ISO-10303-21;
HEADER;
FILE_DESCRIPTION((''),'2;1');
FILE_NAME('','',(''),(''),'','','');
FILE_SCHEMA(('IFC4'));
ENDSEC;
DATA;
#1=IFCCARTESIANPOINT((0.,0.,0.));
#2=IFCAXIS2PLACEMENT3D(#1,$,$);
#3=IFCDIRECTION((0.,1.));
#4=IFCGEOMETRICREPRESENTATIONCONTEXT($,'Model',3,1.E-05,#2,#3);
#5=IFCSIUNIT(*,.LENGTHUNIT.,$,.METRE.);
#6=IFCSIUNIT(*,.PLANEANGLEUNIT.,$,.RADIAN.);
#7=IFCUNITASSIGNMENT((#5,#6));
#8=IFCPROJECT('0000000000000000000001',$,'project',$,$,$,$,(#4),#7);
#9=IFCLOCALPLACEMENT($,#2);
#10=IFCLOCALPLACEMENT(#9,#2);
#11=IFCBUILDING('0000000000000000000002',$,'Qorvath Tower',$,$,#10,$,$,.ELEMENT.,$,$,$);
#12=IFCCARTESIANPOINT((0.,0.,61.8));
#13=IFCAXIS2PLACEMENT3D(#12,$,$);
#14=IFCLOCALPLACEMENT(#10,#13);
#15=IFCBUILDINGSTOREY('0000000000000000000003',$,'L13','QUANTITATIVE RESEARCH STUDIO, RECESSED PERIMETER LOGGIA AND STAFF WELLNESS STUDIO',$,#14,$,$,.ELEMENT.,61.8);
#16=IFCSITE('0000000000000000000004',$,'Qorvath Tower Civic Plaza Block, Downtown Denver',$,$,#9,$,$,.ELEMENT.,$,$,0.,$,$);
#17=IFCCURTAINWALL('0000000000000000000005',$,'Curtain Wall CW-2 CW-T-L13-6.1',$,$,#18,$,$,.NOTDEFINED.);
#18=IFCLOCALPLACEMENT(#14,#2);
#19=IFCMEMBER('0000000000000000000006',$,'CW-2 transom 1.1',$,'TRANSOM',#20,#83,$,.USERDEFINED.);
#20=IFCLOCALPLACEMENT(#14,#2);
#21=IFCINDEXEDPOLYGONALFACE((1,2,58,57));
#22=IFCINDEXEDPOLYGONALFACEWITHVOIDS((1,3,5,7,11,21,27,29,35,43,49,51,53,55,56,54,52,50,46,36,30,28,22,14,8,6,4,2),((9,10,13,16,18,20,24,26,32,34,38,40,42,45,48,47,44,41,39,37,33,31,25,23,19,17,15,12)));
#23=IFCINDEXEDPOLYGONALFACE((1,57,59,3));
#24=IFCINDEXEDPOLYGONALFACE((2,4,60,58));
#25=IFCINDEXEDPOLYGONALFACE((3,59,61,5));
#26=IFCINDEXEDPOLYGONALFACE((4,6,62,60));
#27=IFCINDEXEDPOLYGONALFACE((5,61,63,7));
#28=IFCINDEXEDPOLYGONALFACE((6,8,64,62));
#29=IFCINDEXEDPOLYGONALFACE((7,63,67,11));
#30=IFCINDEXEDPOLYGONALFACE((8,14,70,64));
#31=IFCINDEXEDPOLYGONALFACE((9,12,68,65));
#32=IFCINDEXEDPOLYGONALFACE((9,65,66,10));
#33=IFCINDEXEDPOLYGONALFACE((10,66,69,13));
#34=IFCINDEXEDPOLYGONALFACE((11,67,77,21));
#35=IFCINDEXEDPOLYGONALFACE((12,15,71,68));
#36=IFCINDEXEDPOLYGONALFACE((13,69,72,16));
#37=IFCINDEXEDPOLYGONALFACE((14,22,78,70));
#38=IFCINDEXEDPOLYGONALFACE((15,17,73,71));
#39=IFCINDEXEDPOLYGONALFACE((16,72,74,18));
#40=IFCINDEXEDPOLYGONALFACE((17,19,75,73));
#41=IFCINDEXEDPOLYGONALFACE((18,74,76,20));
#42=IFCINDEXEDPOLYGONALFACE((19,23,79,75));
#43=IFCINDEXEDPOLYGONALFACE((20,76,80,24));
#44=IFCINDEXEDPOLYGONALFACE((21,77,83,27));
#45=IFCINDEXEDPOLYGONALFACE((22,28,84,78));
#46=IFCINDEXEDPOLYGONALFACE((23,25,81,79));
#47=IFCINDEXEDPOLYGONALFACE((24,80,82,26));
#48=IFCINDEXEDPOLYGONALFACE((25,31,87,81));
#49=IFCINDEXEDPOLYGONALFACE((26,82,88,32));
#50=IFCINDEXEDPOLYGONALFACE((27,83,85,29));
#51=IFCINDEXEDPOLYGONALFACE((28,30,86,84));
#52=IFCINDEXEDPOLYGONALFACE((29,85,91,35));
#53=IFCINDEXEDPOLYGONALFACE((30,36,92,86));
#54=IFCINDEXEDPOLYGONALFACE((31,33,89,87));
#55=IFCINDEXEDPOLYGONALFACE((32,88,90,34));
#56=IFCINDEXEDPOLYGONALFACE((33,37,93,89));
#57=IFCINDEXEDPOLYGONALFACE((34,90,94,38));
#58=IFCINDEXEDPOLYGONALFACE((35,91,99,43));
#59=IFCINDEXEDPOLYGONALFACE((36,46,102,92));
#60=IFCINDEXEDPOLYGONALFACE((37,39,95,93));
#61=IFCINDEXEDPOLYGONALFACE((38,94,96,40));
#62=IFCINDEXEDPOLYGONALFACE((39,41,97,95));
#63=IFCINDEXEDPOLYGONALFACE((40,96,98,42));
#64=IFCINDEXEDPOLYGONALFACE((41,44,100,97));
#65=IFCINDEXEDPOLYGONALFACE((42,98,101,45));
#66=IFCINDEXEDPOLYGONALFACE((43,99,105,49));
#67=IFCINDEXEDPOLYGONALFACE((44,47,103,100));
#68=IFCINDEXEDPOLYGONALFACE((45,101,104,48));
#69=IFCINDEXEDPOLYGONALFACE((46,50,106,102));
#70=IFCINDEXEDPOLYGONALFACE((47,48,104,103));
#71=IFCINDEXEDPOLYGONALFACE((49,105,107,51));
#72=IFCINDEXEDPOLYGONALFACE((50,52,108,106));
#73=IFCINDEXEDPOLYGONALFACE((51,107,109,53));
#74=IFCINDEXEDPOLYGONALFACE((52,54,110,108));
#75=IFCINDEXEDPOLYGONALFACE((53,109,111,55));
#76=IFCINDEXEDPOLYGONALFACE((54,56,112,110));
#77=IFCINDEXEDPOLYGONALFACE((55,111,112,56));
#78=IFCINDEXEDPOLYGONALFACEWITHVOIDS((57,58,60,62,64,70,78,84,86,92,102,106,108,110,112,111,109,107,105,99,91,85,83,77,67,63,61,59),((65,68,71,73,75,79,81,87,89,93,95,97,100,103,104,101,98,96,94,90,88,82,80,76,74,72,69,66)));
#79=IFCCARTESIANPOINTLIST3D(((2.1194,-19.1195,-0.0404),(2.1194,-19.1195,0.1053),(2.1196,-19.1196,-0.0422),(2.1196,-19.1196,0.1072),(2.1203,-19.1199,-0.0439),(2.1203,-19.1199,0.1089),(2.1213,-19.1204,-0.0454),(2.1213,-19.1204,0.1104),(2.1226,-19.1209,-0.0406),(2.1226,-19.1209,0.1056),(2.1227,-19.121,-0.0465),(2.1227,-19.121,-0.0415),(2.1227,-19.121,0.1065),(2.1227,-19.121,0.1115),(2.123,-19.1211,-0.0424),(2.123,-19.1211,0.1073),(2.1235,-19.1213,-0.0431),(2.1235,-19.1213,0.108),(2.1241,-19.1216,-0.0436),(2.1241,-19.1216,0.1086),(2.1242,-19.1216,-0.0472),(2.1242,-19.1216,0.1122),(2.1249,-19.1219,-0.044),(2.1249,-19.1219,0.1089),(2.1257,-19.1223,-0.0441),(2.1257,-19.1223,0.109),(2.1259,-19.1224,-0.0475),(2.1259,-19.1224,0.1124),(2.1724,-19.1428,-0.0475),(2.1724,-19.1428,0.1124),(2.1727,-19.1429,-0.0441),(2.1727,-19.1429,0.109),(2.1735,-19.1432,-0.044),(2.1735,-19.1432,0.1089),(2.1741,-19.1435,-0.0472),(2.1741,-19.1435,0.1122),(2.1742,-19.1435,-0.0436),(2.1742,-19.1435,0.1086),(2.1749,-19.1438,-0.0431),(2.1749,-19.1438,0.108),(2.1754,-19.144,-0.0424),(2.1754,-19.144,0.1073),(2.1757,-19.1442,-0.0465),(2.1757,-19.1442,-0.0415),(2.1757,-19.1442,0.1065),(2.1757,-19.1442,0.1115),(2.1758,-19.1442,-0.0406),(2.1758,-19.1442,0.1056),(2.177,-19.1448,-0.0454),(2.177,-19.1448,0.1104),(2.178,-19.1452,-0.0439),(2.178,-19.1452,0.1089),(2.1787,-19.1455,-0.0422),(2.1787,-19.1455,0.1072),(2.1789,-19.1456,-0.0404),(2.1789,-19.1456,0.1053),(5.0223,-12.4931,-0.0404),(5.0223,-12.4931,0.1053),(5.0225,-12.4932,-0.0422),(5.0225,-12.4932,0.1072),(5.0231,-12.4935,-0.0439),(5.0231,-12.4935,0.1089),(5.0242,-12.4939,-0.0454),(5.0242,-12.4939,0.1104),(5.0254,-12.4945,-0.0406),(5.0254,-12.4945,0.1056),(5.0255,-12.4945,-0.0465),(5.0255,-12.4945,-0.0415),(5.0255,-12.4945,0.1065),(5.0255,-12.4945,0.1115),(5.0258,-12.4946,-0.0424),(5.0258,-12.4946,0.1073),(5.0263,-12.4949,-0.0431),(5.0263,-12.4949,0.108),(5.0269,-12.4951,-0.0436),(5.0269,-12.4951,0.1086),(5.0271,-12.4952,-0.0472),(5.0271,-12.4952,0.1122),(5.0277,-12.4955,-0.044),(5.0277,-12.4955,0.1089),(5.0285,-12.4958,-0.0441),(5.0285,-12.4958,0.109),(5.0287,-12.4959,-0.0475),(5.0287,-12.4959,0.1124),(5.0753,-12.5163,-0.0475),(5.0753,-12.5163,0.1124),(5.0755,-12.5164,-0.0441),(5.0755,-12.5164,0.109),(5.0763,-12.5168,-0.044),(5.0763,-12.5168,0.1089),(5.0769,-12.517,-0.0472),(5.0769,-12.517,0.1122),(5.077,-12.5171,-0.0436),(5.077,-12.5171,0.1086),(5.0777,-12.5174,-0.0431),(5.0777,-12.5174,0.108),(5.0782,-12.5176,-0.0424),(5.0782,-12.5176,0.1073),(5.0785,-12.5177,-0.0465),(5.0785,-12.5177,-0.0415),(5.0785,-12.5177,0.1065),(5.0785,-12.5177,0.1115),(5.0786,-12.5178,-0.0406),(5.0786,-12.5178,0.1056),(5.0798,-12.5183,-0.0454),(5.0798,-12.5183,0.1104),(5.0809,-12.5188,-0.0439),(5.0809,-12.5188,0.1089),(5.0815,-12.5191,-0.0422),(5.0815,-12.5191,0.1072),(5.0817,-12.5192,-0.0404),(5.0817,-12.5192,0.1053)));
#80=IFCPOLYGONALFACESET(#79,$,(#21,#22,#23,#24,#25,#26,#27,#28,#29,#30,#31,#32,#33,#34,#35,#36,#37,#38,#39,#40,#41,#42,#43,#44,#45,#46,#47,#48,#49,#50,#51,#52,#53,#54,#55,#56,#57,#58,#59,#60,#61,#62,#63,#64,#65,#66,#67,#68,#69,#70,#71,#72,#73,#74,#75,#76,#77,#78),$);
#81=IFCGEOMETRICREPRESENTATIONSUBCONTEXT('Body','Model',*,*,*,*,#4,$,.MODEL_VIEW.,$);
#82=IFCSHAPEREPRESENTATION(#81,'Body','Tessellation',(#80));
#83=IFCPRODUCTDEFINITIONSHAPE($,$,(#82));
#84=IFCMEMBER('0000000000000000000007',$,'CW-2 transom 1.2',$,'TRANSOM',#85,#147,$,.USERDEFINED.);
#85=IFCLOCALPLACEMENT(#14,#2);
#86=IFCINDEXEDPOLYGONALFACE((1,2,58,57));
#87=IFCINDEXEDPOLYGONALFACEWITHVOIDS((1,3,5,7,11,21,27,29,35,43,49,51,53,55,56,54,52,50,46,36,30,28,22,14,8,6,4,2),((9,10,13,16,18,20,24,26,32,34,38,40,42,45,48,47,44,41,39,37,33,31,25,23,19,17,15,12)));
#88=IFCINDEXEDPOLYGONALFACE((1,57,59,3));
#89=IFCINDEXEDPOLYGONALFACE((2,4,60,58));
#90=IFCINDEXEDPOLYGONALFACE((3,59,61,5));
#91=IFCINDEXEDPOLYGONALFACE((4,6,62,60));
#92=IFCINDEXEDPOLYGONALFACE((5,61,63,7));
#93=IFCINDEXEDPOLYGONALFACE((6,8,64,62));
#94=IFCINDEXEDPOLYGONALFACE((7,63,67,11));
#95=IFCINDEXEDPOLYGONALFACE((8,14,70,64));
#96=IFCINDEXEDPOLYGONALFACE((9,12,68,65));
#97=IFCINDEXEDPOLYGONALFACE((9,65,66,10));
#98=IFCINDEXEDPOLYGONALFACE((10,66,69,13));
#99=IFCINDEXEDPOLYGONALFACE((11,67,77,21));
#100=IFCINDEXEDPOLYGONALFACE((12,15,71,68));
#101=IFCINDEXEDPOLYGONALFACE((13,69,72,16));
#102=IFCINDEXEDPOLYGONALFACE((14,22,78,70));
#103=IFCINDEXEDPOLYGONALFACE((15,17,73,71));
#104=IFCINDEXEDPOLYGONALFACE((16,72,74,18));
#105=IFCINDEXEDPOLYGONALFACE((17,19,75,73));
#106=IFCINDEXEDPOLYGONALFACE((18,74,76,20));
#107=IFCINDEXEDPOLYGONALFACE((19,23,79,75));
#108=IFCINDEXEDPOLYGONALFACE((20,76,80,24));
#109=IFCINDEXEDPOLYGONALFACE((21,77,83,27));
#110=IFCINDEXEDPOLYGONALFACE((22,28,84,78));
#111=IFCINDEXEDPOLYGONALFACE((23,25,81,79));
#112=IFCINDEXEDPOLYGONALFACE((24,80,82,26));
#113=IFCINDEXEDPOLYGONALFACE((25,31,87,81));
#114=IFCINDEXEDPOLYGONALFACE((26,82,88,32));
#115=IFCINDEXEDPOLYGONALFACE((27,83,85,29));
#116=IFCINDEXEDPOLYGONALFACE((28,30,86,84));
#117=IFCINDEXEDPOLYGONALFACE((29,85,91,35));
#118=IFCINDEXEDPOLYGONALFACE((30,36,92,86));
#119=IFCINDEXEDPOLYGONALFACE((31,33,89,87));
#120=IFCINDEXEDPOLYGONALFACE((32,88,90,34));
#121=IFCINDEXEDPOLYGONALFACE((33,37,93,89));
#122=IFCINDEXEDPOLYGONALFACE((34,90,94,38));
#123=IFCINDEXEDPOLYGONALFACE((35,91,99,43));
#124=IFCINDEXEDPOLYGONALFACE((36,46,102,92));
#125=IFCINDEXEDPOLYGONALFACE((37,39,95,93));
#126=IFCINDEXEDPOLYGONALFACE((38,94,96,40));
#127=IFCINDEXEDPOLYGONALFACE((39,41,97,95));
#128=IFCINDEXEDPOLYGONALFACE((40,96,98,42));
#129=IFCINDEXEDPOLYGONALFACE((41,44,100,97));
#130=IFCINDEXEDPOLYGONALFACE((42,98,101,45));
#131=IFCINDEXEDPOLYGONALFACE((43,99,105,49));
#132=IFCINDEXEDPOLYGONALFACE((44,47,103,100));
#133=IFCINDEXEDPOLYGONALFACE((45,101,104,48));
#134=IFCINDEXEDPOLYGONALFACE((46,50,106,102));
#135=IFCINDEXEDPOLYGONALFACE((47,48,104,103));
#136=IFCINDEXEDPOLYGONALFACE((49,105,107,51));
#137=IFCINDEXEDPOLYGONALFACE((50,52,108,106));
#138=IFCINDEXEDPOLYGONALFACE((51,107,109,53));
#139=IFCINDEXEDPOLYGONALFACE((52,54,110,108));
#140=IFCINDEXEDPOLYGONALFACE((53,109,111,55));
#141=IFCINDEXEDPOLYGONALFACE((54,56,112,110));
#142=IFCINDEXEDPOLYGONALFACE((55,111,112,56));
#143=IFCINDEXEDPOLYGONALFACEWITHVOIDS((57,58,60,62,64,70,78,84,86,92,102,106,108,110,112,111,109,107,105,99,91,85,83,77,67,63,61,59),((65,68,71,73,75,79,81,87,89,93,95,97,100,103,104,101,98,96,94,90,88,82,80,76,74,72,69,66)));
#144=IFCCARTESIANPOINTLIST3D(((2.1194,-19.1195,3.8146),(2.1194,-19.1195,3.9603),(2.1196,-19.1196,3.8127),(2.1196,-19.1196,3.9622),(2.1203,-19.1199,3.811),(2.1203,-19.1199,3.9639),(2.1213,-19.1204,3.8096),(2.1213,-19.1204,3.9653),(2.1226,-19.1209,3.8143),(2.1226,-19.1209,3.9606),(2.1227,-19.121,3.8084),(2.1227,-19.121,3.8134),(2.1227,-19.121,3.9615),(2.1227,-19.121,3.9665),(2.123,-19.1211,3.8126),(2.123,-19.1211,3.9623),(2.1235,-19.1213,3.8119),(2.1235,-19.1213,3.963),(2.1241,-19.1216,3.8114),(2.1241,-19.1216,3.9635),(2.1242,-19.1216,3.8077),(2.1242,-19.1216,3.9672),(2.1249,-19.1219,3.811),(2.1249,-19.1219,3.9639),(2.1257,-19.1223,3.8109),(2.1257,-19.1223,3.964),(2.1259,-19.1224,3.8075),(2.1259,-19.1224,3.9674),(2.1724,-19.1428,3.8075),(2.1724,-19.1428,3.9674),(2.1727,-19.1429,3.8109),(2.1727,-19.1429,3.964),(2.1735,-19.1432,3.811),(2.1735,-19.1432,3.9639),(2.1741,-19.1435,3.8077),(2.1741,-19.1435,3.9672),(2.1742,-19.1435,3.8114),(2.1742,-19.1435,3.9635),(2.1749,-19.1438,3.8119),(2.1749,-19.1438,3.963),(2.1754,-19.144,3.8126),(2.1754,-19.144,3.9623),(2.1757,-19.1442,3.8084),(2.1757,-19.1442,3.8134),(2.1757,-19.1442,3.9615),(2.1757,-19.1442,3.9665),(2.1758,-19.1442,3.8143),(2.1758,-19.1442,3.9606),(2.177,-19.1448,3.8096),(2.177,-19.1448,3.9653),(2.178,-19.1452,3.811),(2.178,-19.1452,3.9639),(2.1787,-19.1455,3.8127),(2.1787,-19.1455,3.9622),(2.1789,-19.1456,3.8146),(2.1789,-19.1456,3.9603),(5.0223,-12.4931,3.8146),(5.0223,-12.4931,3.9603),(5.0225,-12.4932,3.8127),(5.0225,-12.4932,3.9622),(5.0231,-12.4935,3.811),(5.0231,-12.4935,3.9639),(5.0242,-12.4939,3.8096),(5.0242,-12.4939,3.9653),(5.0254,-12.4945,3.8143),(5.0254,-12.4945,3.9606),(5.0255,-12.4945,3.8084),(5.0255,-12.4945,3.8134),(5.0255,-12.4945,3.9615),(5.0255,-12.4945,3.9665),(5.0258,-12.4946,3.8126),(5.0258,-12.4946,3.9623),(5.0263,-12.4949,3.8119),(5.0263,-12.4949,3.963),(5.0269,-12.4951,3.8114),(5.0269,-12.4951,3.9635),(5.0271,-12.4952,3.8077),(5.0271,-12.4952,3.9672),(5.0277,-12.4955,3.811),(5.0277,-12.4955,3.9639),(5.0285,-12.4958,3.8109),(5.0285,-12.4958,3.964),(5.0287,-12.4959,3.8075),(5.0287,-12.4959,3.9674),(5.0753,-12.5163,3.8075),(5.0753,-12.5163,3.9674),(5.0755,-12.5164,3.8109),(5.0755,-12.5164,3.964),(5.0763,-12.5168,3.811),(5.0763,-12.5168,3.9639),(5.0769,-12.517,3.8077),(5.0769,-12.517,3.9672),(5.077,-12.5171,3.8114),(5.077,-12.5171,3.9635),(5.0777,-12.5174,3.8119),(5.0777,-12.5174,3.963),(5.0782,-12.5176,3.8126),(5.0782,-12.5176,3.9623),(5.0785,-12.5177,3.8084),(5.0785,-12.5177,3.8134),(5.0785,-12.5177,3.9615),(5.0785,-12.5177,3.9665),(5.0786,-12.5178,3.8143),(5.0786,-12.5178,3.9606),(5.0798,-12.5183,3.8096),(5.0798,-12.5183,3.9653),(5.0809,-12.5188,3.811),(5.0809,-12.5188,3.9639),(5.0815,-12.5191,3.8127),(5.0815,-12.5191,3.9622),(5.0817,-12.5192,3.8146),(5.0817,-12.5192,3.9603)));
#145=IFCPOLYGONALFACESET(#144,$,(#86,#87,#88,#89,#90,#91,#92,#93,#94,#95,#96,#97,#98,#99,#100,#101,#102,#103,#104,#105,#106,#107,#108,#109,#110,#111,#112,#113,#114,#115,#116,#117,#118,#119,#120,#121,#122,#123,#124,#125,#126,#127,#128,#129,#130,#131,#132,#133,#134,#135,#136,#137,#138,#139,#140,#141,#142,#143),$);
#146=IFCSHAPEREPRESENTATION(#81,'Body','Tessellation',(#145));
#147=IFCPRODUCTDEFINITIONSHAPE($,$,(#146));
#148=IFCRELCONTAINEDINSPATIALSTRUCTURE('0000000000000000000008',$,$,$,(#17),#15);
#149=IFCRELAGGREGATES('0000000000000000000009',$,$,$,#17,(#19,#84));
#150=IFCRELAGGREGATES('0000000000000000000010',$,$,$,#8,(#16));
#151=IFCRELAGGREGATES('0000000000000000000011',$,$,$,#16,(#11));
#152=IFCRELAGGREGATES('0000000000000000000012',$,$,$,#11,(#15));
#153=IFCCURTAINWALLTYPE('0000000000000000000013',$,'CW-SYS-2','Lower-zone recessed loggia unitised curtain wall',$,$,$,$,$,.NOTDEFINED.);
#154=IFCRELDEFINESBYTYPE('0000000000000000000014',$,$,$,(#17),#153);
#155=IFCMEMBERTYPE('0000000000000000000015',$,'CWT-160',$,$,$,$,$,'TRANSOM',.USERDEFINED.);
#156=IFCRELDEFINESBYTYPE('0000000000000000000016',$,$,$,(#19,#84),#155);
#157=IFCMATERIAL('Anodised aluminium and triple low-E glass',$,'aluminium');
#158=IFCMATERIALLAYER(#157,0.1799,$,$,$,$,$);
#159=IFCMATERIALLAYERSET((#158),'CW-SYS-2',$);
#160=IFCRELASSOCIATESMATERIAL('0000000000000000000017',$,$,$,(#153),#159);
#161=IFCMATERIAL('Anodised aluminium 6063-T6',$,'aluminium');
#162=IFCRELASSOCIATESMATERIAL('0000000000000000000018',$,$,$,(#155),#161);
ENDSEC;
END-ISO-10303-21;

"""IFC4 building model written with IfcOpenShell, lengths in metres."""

from ifc_helpers import new_model, si_unit, direction, frame, origin, origin_2d, place, context, subcontext, project, spatial, hollow_rectangle, extrude, material, layer, layer_set, material_profile, profile_set, type_object, element, aggregate, save


model = new_model("IFC4")

# Units and contexts
model_context = context("Model", 3, precision=1e-05, world=origin(), true_north=direction((0.0, 1.0)))
body_context = subcontext(model_context, "Body", "Model", "MODEL_VIEW")
ifc_project = project(units=[si_unit("LENGTHUNIT", "METRE"), si_unit("PLANEANGLEUNIT", "RADIAN")], contexts=[model_context])

# Site, building, storey
site_placement = place(None, origin())
site = spatial("IfcSite", under=ifc_project, at=site_placement, Name="Qorvath Tower Civic Plaza Block, Downtown Denver", CompositionType="ELEMENT", RefElevation=0.0)
building_placement = place(site_placement, origin())
building = spatial("IfcBuilding", under=site, at=building_placement, Name="Qorvath Tower", CompositionType="ELEMENT")
storey_placement = place(building_placement, frame((0.0, 0.0, 61.8)))
storey = spatial("IfcBuildingStorey", under=building, at=storey_placement, Name="L13", Description="QUANTITATIVE RESEARCH STUDIO, RECESSED PERIMETER LOGGIA AND STAFF WELLNESS STUDIO", CompositionType="ELEMENT", Elevation=61.8)

# Shared definitions
ifc_material_1 = material(Name="Anodised aluminium and triple low-E glass", Category="aluminium")
ifc_layer_1 = layer(ifc_material_1, 0.1799)
ifc_layer_set_1 = layer_set([ifc_layer_1], Name="CW-SYS-2")
curtain_wall_type = type_object("IfcCurtainWallType", Name="CW-SYS-2", Description="Lower-zone recessed loggia unitised curtain wall", PredefinedType="NOTDEFINED", material=ifc_layer_set_1)

# Curtain wall
curtain_wall_1_placement = place(storey_placement, origin())
curtain_wall_1 = element("IfcCurtainWall", 1, at=curtain_wall_1_placement, inside=storey, type_object=curtain_wall_type, Name="Curtain Wall CW-2 CW-T-L13-6.1", PredefinedType="NOTDEFINED")

# Members
ifc_material_2 = material(Name="Anodised aluminium 6063-T6", Category="aluminium")
ifc_material_profile_1 = material_profile(ifc_material_2, hollow_rectangle(XDim=0.0649, YDim=0.1599, WallThickness=0.0034, InnerFilletRadius=0.0034, OuterFilletRadius=0.0071, at=origin_2d()), Name="CWT 160x65")
ifc_profile_set_1 = profile_set([ifc_material_profile_1], Name="Anodised aluminium 6063-T6")
member_type_1 = type_object("IfcMemberType", Name="CWT-160", ElementType="TRANSOM", PredefinedType="USERDEFINED", material=ifc_profile_set_1)
member_1_placement = place(storey_placement, frame((2.1492, -19.1326, 0.0325), z_axis=(0.401254, 0.915967, 0.0), x_axis=(-0.915967, 0.401254, 0.0)))
member_1 = element("IfcMember", 2, at=member_1_placement, type_object=member_type_1, Name="CW-2 transom 1.1", ObjectType="TRANSOM", PredefinedType="USERDEFINED", context=body_context, shape_type="SweptSolid", body=[
    extrude(hollow_rectangle(XDim=0.0649, YDim=0.1599, WallThickness=0.0034, InnerFilletRadius=0.0034, OuterFilletRadius=0.0071, at=origin_2d()), origin(), (0.0, 0.0, 1.0), 7.2344),
])
member_2_placement = place(storey_placement, frame((2.1492, -19.1326, 3.8875), z_axis=(0.401254, 0.915967, 0.0), x_axis=(-0.915967, 0.401254, 0.0)))
member_2 = element("IfcMember", 3, at=member_2_placement, type_object=member_type_1, Name="CW-2 transom 1.2", ObjectType="TRANSOM", PredefinedType="USERDEFINED", context=body_context, shape_type="SweptSolid", body=[
    extrude(hollow_rectangle(XDim=0.0649, YDim=0.1599, WallThickness=0.0034, InnerFilletRadius=0.0034, OuterFilletRadius=0.0071, at=origin_2d()), origin(), (0.0, 0.0, 1.0), 7.2344),
])

aggregate(curtain_wall_1, [member_1, member_2])

save(model, "model.ifc")
